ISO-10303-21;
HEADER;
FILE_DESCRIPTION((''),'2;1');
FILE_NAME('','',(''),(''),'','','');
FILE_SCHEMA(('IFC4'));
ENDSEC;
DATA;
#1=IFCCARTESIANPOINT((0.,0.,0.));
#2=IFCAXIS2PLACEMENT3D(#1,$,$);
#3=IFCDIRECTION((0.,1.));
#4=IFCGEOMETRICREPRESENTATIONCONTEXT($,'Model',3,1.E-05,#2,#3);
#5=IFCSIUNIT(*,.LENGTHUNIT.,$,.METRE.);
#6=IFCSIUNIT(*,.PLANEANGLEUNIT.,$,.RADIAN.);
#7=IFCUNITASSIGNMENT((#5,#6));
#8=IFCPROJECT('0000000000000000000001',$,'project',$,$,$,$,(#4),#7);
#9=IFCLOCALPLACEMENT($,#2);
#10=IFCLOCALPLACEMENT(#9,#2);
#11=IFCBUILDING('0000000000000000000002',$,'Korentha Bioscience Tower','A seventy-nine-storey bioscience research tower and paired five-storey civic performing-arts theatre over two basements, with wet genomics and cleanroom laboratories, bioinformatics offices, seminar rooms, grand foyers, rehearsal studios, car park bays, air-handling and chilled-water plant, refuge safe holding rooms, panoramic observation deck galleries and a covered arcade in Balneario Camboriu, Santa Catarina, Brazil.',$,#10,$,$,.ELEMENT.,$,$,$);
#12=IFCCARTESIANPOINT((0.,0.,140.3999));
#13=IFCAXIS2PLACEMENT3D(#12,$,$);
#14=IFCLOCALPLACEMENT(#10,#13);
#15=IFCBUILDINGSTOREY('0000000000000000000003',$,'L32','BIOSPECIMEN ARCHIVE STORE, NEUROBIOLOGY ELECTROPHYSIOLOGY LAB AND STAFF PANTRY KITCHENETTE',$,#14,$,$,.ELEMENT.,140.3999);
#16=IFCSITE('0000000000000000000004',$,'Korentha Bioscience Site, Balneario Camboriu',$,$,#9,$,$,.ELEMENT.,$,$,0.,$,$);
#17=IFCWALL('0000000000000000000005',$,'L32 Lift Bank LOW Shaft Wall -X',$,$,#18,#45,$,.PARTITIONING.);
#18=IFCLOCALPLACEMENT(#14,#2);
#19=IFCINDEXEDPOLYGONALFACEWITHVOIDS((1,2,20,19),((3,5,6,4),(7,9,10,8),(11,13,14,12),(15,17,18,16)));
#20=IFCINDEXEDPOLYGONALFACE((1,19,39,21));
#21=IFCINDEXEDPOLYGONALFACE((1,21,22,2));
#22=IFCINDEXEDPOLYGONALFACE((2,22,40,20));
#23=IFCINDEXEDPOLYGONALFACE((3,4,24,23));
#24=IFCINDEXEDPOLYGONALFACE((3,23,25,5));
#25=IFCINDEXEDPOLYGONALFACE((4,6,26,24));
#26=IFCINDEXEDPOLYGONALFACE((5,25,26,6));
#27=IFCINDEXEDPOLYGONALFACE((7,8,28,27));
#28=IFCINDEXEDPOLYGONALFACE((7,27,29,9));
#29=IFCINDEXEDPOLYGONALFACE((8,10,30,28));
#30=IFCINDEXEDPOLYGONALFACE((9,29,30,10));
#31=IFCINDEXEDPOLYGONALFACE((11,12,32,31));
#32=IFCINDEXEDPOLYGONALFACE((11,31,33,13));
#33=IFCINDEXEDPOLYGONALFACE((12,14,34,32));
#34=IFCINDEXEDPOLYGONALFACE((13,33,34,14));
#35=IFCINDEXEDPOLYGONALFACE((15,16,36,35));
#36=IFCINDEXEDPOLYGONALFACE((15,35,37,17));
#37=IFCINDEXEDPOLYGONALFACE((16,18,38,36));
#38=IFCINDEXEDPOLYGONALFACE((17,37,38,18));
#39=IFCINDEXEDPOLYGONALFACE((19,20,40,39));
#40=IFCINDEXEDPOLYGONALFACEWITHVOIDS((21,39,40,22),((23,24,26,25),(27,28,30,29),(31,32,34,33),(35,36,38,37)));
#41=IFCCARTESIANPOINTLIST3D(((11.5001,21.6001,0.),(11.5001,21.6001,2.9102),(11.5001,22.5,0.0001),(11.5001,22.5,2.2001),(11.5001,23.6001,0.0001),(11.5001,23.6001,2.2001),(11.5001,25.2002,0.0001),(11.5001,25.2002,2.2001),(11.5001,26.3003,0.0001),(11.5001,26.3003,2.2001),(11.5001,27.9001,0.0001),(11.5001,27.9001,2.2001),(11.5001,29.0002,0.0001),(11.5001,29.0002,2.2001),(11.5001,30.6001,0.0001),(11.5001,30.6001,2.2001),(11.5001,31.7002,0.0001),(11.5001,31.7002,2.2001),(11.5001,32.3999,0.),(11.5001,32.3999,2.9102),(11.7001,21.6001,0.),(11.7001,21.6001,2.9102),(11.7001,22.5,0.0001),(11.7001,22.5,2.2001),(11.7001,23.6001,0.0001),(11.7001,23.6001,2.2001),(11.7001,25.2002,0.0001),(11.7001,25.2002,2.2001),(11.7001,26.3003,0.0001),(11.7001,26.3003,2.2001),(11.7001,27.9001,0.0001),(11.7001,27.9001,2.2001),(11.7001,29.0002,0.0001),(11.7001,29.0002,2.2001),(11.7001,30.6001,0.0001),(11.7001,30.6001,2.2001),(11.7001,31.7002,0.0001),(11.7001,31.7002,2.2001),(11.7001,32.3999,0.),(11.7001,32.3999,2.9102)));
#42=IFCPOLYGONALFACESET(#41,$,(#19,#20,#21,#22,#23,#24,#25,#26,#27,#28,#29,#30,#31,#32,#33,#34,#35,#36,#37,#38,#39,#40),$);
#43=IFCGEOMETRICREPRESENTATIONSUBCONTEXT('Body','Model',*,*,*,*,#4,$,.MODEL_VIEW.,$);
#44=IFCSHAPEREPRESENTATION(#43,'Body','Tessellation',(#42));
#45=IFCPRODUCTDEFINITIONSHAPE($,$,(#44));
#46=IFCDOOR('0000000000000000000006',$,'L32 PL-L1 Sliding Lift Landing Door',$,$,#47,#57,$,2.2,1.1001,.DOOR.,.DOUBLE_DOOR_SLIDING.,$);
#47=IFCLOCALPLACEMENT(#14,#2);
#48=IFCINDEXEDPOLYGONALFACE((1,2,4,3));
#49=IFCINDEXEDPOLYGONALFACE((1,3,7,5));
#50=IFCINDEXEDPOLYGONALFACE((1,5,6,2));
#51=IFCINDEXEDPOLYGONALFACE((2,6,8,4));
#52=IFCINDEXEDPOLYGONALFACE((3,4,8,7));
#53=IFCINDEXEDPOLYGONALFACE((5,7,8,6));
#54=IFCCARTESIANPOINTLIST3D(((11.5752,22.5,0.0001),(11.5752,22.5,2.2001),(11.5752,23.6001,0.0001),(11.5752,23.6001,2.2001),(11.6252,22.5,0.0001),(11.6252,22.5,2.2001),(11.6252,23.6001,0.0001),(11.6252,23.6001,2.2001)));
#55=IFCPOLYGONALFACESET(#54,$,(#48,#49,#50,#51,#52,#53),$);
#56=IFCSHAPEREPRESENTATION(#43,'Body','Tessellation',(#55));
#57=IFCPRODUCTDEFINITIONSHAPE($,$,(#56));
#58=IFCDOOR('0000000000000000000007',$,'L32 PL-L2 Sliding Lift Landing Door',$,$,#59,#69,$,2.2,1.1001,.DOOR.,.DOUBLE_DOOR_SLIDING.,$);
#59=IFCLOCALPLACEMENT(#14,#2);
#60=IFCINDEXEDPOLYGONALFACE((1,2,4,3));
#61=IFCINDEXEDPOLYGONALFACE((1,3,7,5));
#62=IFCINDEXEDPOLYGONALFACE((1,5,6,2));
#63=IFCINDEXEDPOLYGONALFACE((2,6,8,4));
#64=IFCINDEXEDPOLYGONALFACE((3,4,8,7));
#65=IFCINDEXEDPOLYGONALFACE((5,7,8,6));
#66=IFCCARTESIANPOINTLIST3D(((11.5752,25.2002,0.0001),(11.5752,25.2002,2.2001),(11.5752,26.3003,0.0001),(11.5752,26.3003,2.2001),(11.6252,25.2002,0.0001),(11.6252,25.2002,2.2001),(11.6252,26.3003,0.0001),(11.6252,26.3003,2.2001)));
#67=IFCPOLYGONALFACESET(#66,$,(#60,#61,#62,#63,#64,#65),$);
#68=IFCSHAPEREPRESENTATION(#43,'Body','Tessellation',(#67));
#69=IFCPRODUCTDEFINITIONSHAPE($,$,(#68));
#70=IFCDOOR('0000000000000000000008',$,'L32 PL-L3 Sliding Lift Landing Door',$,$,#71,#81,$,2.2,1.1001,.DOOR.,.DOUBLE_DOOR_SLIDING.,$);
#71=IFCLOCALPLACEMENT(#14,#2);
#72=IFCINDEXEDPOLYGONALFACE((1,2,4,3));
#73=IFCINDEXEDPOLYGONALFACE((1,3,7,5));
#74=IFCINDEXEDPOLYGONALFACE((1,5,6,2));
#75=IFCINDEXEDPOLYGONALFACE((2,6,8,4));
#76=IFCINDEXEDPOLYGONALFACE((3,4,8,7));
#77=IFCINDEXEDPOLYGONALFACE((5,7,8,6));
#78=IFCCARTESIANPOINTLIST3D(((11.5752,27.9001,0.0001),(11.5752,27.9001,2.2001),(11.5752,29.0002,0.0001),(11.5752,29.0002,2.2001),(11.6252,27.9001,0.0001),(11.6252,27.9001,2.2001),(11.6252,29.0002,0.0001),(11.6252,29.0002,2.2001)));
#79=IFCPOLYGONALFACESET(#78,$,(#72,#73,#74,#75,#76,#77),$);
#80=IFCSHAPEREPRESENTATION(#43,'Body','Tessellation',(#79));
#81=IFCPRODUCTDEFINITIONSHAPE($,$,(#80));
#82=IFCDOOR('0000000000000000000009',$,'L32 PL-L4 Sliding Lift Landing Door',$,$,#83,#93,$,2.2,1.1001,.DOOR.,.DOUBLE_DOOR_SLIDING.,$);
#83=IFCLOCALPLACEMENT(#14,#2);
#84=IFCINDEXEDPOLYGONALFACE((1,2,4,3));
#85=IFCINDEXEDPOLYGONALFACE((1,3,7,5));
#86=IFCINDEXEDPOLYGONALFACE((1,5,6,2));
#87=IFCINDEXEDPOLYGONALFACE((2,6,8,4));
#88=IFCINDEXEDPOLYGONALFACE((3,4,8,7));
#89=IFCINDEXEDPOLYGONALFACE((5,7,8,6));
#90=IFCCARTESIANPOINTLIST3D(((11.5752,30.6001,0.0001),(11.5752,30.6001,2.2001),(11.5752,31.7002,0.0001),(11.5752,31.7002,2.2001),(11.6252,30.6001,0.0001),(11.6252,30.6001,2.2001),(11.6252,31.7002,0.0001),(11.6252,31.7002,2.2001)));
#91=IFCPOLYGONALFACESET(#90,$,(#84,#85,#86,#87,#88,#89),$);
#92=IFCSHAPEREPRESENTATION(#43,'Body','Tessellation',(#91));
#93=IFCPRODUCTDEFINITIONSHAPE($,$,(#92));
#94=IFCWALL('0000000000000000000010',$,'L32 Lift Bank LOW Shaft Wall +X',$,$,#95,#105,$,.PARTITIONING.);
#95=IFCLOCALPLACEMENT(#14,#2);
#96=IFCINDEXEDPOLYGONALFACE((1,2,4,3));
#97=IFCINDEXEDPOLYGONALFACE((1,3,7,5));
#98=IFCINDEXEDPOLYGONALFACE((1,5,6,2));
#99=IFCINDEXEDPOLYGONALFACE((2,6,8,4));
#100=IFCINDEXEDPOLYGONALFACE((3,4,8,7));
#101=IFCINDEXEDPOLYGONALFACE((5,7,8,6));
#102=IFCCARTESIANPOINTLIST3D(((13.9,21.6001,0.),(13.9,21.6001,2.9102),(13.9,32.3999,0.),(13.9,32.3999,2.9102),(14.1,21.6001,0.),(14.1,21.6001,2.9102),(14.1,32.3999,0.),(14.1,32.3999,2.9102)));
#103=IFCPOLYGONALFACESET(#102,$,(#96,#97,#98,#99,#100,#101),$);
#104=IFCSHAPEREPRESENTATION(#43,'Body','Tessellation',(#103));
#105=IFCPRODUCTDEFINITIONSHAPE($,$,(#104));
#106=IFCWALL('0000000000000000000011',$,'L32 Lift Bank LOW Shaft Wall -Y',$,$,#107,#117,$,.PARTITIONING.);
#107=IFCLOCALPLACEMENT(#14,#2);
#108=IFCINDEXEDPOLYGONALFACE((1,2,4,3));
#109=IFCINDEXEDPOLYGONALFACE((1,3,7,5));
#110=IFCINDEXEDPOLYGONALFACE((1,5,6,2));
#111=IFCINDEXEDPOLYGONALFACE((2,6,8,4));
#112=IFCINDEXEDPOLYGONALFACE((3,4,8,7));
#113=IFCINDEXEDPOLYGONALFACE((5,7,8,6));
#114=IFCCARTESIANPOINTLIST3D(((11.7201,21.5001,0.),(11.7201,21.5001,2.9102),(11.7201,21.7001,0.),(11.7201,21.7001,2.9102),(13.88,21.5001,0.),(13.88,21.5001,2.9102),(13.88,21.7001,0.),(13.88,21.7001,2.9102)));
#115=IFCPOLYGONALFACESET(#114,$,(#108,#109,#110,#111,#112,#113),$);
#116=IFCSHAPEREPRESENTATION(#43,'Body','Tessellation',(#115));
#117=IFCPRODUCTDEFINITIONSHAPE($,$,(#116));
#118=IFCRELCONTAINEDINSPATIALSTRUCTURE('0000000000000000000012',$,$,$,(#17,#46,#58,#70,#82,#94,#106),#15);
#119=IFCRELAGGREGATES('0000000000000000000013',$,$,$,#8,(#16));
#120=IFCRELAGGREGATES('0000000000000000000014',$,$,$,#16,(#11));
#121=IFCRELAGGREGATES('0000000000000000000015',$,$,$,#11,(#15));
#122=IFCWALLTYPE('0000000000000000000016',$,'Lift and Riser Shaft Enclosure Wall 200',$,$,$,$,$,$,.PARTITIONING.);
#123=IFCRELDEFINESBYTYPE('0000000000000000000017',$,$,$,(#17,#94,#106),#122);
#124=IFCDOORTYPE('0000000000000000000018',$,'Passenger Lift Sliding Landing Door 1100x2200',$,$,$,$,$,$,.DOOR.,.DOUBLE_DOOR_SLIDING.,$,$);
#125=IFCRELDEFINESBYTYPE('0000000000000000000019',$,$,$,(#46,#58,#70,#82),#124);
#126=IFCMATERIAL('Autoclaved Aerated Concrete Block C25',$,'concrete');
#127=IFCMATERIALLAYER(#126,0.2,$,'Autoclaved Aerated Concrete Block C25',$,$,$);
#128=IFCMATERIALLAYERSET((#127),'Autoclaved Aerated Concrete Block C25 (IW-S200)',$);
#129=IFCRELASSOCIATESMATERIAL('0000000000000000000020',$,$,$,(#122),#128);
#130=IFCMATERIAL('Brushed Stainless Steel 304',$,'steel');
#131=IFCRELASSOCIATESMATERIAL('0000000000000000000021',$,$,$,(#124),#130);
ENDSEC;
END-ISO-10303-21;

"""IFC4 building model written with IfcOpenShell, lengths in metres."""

from ifc_helpers import new_model, si_unit, direction, frame, frame_2d, origin, place, context, subcontext, project, spatial, rectangle, extrude, material, layer, layer_set, type_object, element, fill, save


model = new_model("IFC4")

# Units and contexts
model_context = context("Model", 3, precision=1e-05, world=origin(), true_north=direction((0.0, 1.0)))
body_context = subcontext(model_context, "Body", "Model", "MODEL_VIEW")
ifc_project = project(units=[si_unit("LENGTHUNIT", "METRE"), si_unit("PLANEANGLEUNIT", "RADIAN")], contexts=[model_context])

# Site, building, storey
site_placement = place(None, origin())
site = spatial("IfcSite", under=ifc_project, at=site_placement, Name="Korentha Bioscience Site, Balneario Camboriu", CompositionType="ELEMENT", RefElevation=0.0)
building_placement = place(site_placement, origin())
building = spatial("IfcBuilding", under=site, at=building_placement, Name="Korentha Bioscience Tower", Description="A seventy-nine-storey bioscience research tower and paired five-storey civic performing-arts theatre over two basements, with wet genomics and cleanroom laboratories, bioinformatics offices, seminar rooms, grand foyers, rehearsal studios, car park bays, air-handling and chilled-water plant, refuge safe holding rooms, panoramic observation deck galleries and a covered arcade in Balneario Camboriu, Santa Catarina, Brazil.", CompositionType="ELEMENT")
storey_placement = place(building_placement, frame((0.0, 0.0, 140.3999)))
storey = spatial("IfcBuildingStorey", under=building, at=storey_placement, Name="L32", Description="BIOSPECIMEN ARCHIVE STORE, NEUROBIOLOGY ELECTROPHYSIOLOGY LAB AND STAFF PANTRY KITCHENETTE", CompositionType="ELEMENT", Elevation=140.3999)

# Wall, openings, doors
ifc_material_1 = material(Name="Autoclaved Aerated Concrete Block C25", Category="concrete")
ifc_layer_1 = layer(ifc_material_1, 0.2, Name="Autoclaved Aerated Concrete Block C25")
ifc_layer_set_1 = layer_set([ifc_layer_1], Name="Autoclaved Aerated Concrete Block C25 (IW-S200)")
wall_type_1 = type_object("IfcWallType", Name="Lift and Riser Shaft Enclosure Wall 200", PredefinedType="PARTITIONING", material=ifc_layer_set_1)
wall_1_placement = place(storey_placement, frame((11.6001, 21.6001, 0.0), z_axis=(0.0, 0.0, 1.0), x_axis=(0.0, 1.0, 0.0)))
wall_1 = element("IfcWall", 1, at=wall_1_placement, inside=storey, type_object=wall_type_1, Name="L32 Lift Bank LOW Shaft Wall -X", PredefinedType="PARTITIONING", context=body_context, shape_type="SweptSolid", body=[
    extrude(rectangle(XDim=10.7998, YDim=0.2, at=frame_2d((5.3999, 0.0))), origin(), (0.0, 0.0, 1.0), 2.9102),
])
opening_1_placement = place(wall_1_placement, frame((0.8999, 0.0, 0.0)))
opening_1 = element("IfcOpeningElement", 2, at=opening_1_placement, cuts=wall_1, PredefinedType="OPENING", context=body_context, shape_type="SweptSolid", body=[
    extrude(rectangle(XDim=1.1001, YDim=2.2, at=frame_2d((0.55, 1.1001))), frame((0.0, 0.1147, 0.0), z_axis=(0.0, -1.0, 0.0), x_axis=(1.0, 0.0, 0.0)), (0.0, 0.0, 1.0), 0.2297),
])
opening_2_placement = place(wall_1_placement, frame((3.6001, 0.0, 0.0)))
opening_2 = element("IfcOpeningElement", 3, at=opening_2_placement, cuts=wall_1, PredefinedType="OPENING", context=body_context, shape_type="SweptSolid", body=[
    extrude(rectangle(XDim=1.1001, YDim=2.2, at=frame_2d((0.55, 1.1001))), frame((0.0, 0.1147, 0.0), z_axis=(0.0, -1.0, 0.0), x_axis=(1.0, 0.0, 0.0)), (0.0, 0.0, 1.0), 0.2297),
])
opening_3_placement = place(wall_1_placement, frame((6.3, 0.0, 0.0)))
opening_3 = element("IfcOpeningElement", 4, at=opening_3_placement, cuts=wall_1, PredefinedType="OPENING", context=body_context, shape_type="SweptSolid", body=[
    extrude(rectangle(XDim=1.1001, YDim=2.2, at=frame_2d((0.55, 1.1001))), frame((0.0, 0.1147, 0.0), z_axis=(0.0, -1.0, 0.0), x_axis=(1.0, 0.0, 0.0)), (0.0, 0.0, 1.0), 0.2297),
])
opening_4_placement = place(wall_1_placement, frame((9.0, 0.0, 0.0)))
opening_4 = element("IfcOpeningElement", 5, at=opening_4_placement, cuts=wall_1, PredefinedType="OPENING", context=body_context, shape_type="SweptSolid", body=[
    extrude(rectangle(XDim=1.1001, YDim=2.2, at=frame_2d((0.55, 1.1001))), frame((0.0, 0.1147, 0.0), z_axis=(0.0, -1.0, 0.0), x_axis=(1.0, 0.0, 0.0)), (0.0, 0.0, 1.0), 0.2297),
])
ifc_material_2 = material(Name="Brushed Stainless Steel 304", Category="steel")
door_type_1 = type_object("IfcDoorType", Name="Passenger Lift Sliding Landing Door 1100x2200", OperationType="DOUBLE_DOOR_SLIDING", PredefinedType="DOOR", material=ifc_material_2)
door_1_placement = place(opening_1_placement, origin())
door_1 = element("IfcDoor", 6, at=door_1_placement, inside=storey, type_object=door_type_1, Name="L32 PL-L1 Sliding Lift Landing Door", OperationType="DOUBLE_DOOR_SLIDING", OverallHeight=2.2, OverallWidth=1.1001, PredefinedType="DOOR", context=body_context, shape_type="SweptSolid", body=[
    extrude(rectangle(XDim=1.1001, YDim=2.2, at=frame_2d((0.55, 1.1001))), frame((0.0, 0.0249, 0.0), z_axis=(0.0, -1.0, 0.0), x_axis=(1.0, 0.0, 0.0)), (0.0, 0.0, 1.0), 0.05),
])
fill(opening_1, door_1)
door_2_placement = place(opening_2_placement, origin())
door_2 = element("IfcDoor", 7, at=door_2_placement, inside=storey, type_object=door_type_1, Name="L32 PL-L2 Sliding Lift Landing Door", OperationType="DOUBLE_DOOR_SLIDING", OverallHeight=2.2, OverallWidth=1.1001, PredefinedType="DOOR", context=body_context, shape_type="SweptSolid", body=[
    extrude(rectangle(XDim=1.1001, YDim=2.2, at=frame_2d((0.55, 1.1001))), frame((0.0, 0.0249, 0.0), z_axis=(0.0, -1.0, 0.0), x_axis=(1.0, 0.0, 0.0)), (0.0, 0.0, 1.0), 0.05),
])
fill(opening_2, door_2)
door_3_placement = place(opening_3_placement, origin())
door_3 = element("IfcDoor", 8, at=door_3_placement, inside=storey, type_object=door_type_1, Name="L32 PL-L3 Sliding Lift Landing Door", OperationType="DOUBLE_DOOR_SLIDING", OverallHeight=2.2, OverallWidth=1.1001, PredefinedType="DOOR", context=body_context, shape_type="SweptSolid", body=[
    extrude(rectangle(XDim=1.1001, YDim=2.2, at=frame_2d((0.55, 1.1001))), frame((0.0, 0.0249, 0.0), z_axis=(0.0, -1.0, 0.0), x_axis=(1.0, 0.0, 0.0)), (0.0, 0.0, 1.0), 0.05),
])
fill(opening_3, door_3)
door_4_placement = place(opening_4_placement, origin())
door_4 = element("IfcDoor", 9, at=door_4_placement, inside=storey, type_object=door_type_1, Name="L32 PL-L4 Sliding Lift Landing Door", OperationType="DOUBLE_DOOR_SLIDING", OverallHeight=2.2, OverallWidth=1.1001, PredefinedType="DOOR", context=body_context, shape_type="SweptSolid", body=[
    extrude(rectangle(XDim=1.1001, YDim=2.2, at=frame_2d((0.55, 1.1001))), frame((0.0, 0.0249, 0.0), z_axis=(0.0, -1.0, 0.0), x_axis=(1.0, 0.0, 0.0)), (0.0, 0.0, 1.0), 0.05),
])
fill(opening_4, door_4)

# Walls
wall_2_placement = place(storey_placement, frame((14.0, 21.6001, 0.0), z_axis=(0.0, 0.0, 1.0), x_axis=(0.0, 1.0, 0.0)))
element("IfcWall", 10, at=wall_2_placement, inside=storey, type_object=wall_type_1, Name="L32 Lift Bank LOW Shaft Wall +X", PredefinedType="PARTITIONING", context=body_context, shape_type="SweptSolid", body=[
    extrude(rectangle(XDim=10.7998, YDim=0.2, at=frame_2d((5.3999, 0.0))), origin(), (0.0, 0.0, 1.0), 2.9102),
])
wall_3_placement = place(storey_placement, frame((11.72, 21.6001, 0.0), z_axis=(0.0, 0.0, 1.0), x_axis=(1.0, 0.0, 0.0)))
element("IfcWall", 11, at=wall_3_placement, inside=storey, type_object=wall_type_1, Name="L32 Lift Bank LOW Shaft Wall -Y", PredefinedType="PARTITIONING", context=body_context, shape_type="SweptSolid", body=[
    extrude(rectangle(XDim=2.1599, YDim=0.2, at=frame_2d((1.0801, 0.0))), origin(), (0.0, 0.0, 1.0), 2.9102),
])

save(model, "model.ifc")
